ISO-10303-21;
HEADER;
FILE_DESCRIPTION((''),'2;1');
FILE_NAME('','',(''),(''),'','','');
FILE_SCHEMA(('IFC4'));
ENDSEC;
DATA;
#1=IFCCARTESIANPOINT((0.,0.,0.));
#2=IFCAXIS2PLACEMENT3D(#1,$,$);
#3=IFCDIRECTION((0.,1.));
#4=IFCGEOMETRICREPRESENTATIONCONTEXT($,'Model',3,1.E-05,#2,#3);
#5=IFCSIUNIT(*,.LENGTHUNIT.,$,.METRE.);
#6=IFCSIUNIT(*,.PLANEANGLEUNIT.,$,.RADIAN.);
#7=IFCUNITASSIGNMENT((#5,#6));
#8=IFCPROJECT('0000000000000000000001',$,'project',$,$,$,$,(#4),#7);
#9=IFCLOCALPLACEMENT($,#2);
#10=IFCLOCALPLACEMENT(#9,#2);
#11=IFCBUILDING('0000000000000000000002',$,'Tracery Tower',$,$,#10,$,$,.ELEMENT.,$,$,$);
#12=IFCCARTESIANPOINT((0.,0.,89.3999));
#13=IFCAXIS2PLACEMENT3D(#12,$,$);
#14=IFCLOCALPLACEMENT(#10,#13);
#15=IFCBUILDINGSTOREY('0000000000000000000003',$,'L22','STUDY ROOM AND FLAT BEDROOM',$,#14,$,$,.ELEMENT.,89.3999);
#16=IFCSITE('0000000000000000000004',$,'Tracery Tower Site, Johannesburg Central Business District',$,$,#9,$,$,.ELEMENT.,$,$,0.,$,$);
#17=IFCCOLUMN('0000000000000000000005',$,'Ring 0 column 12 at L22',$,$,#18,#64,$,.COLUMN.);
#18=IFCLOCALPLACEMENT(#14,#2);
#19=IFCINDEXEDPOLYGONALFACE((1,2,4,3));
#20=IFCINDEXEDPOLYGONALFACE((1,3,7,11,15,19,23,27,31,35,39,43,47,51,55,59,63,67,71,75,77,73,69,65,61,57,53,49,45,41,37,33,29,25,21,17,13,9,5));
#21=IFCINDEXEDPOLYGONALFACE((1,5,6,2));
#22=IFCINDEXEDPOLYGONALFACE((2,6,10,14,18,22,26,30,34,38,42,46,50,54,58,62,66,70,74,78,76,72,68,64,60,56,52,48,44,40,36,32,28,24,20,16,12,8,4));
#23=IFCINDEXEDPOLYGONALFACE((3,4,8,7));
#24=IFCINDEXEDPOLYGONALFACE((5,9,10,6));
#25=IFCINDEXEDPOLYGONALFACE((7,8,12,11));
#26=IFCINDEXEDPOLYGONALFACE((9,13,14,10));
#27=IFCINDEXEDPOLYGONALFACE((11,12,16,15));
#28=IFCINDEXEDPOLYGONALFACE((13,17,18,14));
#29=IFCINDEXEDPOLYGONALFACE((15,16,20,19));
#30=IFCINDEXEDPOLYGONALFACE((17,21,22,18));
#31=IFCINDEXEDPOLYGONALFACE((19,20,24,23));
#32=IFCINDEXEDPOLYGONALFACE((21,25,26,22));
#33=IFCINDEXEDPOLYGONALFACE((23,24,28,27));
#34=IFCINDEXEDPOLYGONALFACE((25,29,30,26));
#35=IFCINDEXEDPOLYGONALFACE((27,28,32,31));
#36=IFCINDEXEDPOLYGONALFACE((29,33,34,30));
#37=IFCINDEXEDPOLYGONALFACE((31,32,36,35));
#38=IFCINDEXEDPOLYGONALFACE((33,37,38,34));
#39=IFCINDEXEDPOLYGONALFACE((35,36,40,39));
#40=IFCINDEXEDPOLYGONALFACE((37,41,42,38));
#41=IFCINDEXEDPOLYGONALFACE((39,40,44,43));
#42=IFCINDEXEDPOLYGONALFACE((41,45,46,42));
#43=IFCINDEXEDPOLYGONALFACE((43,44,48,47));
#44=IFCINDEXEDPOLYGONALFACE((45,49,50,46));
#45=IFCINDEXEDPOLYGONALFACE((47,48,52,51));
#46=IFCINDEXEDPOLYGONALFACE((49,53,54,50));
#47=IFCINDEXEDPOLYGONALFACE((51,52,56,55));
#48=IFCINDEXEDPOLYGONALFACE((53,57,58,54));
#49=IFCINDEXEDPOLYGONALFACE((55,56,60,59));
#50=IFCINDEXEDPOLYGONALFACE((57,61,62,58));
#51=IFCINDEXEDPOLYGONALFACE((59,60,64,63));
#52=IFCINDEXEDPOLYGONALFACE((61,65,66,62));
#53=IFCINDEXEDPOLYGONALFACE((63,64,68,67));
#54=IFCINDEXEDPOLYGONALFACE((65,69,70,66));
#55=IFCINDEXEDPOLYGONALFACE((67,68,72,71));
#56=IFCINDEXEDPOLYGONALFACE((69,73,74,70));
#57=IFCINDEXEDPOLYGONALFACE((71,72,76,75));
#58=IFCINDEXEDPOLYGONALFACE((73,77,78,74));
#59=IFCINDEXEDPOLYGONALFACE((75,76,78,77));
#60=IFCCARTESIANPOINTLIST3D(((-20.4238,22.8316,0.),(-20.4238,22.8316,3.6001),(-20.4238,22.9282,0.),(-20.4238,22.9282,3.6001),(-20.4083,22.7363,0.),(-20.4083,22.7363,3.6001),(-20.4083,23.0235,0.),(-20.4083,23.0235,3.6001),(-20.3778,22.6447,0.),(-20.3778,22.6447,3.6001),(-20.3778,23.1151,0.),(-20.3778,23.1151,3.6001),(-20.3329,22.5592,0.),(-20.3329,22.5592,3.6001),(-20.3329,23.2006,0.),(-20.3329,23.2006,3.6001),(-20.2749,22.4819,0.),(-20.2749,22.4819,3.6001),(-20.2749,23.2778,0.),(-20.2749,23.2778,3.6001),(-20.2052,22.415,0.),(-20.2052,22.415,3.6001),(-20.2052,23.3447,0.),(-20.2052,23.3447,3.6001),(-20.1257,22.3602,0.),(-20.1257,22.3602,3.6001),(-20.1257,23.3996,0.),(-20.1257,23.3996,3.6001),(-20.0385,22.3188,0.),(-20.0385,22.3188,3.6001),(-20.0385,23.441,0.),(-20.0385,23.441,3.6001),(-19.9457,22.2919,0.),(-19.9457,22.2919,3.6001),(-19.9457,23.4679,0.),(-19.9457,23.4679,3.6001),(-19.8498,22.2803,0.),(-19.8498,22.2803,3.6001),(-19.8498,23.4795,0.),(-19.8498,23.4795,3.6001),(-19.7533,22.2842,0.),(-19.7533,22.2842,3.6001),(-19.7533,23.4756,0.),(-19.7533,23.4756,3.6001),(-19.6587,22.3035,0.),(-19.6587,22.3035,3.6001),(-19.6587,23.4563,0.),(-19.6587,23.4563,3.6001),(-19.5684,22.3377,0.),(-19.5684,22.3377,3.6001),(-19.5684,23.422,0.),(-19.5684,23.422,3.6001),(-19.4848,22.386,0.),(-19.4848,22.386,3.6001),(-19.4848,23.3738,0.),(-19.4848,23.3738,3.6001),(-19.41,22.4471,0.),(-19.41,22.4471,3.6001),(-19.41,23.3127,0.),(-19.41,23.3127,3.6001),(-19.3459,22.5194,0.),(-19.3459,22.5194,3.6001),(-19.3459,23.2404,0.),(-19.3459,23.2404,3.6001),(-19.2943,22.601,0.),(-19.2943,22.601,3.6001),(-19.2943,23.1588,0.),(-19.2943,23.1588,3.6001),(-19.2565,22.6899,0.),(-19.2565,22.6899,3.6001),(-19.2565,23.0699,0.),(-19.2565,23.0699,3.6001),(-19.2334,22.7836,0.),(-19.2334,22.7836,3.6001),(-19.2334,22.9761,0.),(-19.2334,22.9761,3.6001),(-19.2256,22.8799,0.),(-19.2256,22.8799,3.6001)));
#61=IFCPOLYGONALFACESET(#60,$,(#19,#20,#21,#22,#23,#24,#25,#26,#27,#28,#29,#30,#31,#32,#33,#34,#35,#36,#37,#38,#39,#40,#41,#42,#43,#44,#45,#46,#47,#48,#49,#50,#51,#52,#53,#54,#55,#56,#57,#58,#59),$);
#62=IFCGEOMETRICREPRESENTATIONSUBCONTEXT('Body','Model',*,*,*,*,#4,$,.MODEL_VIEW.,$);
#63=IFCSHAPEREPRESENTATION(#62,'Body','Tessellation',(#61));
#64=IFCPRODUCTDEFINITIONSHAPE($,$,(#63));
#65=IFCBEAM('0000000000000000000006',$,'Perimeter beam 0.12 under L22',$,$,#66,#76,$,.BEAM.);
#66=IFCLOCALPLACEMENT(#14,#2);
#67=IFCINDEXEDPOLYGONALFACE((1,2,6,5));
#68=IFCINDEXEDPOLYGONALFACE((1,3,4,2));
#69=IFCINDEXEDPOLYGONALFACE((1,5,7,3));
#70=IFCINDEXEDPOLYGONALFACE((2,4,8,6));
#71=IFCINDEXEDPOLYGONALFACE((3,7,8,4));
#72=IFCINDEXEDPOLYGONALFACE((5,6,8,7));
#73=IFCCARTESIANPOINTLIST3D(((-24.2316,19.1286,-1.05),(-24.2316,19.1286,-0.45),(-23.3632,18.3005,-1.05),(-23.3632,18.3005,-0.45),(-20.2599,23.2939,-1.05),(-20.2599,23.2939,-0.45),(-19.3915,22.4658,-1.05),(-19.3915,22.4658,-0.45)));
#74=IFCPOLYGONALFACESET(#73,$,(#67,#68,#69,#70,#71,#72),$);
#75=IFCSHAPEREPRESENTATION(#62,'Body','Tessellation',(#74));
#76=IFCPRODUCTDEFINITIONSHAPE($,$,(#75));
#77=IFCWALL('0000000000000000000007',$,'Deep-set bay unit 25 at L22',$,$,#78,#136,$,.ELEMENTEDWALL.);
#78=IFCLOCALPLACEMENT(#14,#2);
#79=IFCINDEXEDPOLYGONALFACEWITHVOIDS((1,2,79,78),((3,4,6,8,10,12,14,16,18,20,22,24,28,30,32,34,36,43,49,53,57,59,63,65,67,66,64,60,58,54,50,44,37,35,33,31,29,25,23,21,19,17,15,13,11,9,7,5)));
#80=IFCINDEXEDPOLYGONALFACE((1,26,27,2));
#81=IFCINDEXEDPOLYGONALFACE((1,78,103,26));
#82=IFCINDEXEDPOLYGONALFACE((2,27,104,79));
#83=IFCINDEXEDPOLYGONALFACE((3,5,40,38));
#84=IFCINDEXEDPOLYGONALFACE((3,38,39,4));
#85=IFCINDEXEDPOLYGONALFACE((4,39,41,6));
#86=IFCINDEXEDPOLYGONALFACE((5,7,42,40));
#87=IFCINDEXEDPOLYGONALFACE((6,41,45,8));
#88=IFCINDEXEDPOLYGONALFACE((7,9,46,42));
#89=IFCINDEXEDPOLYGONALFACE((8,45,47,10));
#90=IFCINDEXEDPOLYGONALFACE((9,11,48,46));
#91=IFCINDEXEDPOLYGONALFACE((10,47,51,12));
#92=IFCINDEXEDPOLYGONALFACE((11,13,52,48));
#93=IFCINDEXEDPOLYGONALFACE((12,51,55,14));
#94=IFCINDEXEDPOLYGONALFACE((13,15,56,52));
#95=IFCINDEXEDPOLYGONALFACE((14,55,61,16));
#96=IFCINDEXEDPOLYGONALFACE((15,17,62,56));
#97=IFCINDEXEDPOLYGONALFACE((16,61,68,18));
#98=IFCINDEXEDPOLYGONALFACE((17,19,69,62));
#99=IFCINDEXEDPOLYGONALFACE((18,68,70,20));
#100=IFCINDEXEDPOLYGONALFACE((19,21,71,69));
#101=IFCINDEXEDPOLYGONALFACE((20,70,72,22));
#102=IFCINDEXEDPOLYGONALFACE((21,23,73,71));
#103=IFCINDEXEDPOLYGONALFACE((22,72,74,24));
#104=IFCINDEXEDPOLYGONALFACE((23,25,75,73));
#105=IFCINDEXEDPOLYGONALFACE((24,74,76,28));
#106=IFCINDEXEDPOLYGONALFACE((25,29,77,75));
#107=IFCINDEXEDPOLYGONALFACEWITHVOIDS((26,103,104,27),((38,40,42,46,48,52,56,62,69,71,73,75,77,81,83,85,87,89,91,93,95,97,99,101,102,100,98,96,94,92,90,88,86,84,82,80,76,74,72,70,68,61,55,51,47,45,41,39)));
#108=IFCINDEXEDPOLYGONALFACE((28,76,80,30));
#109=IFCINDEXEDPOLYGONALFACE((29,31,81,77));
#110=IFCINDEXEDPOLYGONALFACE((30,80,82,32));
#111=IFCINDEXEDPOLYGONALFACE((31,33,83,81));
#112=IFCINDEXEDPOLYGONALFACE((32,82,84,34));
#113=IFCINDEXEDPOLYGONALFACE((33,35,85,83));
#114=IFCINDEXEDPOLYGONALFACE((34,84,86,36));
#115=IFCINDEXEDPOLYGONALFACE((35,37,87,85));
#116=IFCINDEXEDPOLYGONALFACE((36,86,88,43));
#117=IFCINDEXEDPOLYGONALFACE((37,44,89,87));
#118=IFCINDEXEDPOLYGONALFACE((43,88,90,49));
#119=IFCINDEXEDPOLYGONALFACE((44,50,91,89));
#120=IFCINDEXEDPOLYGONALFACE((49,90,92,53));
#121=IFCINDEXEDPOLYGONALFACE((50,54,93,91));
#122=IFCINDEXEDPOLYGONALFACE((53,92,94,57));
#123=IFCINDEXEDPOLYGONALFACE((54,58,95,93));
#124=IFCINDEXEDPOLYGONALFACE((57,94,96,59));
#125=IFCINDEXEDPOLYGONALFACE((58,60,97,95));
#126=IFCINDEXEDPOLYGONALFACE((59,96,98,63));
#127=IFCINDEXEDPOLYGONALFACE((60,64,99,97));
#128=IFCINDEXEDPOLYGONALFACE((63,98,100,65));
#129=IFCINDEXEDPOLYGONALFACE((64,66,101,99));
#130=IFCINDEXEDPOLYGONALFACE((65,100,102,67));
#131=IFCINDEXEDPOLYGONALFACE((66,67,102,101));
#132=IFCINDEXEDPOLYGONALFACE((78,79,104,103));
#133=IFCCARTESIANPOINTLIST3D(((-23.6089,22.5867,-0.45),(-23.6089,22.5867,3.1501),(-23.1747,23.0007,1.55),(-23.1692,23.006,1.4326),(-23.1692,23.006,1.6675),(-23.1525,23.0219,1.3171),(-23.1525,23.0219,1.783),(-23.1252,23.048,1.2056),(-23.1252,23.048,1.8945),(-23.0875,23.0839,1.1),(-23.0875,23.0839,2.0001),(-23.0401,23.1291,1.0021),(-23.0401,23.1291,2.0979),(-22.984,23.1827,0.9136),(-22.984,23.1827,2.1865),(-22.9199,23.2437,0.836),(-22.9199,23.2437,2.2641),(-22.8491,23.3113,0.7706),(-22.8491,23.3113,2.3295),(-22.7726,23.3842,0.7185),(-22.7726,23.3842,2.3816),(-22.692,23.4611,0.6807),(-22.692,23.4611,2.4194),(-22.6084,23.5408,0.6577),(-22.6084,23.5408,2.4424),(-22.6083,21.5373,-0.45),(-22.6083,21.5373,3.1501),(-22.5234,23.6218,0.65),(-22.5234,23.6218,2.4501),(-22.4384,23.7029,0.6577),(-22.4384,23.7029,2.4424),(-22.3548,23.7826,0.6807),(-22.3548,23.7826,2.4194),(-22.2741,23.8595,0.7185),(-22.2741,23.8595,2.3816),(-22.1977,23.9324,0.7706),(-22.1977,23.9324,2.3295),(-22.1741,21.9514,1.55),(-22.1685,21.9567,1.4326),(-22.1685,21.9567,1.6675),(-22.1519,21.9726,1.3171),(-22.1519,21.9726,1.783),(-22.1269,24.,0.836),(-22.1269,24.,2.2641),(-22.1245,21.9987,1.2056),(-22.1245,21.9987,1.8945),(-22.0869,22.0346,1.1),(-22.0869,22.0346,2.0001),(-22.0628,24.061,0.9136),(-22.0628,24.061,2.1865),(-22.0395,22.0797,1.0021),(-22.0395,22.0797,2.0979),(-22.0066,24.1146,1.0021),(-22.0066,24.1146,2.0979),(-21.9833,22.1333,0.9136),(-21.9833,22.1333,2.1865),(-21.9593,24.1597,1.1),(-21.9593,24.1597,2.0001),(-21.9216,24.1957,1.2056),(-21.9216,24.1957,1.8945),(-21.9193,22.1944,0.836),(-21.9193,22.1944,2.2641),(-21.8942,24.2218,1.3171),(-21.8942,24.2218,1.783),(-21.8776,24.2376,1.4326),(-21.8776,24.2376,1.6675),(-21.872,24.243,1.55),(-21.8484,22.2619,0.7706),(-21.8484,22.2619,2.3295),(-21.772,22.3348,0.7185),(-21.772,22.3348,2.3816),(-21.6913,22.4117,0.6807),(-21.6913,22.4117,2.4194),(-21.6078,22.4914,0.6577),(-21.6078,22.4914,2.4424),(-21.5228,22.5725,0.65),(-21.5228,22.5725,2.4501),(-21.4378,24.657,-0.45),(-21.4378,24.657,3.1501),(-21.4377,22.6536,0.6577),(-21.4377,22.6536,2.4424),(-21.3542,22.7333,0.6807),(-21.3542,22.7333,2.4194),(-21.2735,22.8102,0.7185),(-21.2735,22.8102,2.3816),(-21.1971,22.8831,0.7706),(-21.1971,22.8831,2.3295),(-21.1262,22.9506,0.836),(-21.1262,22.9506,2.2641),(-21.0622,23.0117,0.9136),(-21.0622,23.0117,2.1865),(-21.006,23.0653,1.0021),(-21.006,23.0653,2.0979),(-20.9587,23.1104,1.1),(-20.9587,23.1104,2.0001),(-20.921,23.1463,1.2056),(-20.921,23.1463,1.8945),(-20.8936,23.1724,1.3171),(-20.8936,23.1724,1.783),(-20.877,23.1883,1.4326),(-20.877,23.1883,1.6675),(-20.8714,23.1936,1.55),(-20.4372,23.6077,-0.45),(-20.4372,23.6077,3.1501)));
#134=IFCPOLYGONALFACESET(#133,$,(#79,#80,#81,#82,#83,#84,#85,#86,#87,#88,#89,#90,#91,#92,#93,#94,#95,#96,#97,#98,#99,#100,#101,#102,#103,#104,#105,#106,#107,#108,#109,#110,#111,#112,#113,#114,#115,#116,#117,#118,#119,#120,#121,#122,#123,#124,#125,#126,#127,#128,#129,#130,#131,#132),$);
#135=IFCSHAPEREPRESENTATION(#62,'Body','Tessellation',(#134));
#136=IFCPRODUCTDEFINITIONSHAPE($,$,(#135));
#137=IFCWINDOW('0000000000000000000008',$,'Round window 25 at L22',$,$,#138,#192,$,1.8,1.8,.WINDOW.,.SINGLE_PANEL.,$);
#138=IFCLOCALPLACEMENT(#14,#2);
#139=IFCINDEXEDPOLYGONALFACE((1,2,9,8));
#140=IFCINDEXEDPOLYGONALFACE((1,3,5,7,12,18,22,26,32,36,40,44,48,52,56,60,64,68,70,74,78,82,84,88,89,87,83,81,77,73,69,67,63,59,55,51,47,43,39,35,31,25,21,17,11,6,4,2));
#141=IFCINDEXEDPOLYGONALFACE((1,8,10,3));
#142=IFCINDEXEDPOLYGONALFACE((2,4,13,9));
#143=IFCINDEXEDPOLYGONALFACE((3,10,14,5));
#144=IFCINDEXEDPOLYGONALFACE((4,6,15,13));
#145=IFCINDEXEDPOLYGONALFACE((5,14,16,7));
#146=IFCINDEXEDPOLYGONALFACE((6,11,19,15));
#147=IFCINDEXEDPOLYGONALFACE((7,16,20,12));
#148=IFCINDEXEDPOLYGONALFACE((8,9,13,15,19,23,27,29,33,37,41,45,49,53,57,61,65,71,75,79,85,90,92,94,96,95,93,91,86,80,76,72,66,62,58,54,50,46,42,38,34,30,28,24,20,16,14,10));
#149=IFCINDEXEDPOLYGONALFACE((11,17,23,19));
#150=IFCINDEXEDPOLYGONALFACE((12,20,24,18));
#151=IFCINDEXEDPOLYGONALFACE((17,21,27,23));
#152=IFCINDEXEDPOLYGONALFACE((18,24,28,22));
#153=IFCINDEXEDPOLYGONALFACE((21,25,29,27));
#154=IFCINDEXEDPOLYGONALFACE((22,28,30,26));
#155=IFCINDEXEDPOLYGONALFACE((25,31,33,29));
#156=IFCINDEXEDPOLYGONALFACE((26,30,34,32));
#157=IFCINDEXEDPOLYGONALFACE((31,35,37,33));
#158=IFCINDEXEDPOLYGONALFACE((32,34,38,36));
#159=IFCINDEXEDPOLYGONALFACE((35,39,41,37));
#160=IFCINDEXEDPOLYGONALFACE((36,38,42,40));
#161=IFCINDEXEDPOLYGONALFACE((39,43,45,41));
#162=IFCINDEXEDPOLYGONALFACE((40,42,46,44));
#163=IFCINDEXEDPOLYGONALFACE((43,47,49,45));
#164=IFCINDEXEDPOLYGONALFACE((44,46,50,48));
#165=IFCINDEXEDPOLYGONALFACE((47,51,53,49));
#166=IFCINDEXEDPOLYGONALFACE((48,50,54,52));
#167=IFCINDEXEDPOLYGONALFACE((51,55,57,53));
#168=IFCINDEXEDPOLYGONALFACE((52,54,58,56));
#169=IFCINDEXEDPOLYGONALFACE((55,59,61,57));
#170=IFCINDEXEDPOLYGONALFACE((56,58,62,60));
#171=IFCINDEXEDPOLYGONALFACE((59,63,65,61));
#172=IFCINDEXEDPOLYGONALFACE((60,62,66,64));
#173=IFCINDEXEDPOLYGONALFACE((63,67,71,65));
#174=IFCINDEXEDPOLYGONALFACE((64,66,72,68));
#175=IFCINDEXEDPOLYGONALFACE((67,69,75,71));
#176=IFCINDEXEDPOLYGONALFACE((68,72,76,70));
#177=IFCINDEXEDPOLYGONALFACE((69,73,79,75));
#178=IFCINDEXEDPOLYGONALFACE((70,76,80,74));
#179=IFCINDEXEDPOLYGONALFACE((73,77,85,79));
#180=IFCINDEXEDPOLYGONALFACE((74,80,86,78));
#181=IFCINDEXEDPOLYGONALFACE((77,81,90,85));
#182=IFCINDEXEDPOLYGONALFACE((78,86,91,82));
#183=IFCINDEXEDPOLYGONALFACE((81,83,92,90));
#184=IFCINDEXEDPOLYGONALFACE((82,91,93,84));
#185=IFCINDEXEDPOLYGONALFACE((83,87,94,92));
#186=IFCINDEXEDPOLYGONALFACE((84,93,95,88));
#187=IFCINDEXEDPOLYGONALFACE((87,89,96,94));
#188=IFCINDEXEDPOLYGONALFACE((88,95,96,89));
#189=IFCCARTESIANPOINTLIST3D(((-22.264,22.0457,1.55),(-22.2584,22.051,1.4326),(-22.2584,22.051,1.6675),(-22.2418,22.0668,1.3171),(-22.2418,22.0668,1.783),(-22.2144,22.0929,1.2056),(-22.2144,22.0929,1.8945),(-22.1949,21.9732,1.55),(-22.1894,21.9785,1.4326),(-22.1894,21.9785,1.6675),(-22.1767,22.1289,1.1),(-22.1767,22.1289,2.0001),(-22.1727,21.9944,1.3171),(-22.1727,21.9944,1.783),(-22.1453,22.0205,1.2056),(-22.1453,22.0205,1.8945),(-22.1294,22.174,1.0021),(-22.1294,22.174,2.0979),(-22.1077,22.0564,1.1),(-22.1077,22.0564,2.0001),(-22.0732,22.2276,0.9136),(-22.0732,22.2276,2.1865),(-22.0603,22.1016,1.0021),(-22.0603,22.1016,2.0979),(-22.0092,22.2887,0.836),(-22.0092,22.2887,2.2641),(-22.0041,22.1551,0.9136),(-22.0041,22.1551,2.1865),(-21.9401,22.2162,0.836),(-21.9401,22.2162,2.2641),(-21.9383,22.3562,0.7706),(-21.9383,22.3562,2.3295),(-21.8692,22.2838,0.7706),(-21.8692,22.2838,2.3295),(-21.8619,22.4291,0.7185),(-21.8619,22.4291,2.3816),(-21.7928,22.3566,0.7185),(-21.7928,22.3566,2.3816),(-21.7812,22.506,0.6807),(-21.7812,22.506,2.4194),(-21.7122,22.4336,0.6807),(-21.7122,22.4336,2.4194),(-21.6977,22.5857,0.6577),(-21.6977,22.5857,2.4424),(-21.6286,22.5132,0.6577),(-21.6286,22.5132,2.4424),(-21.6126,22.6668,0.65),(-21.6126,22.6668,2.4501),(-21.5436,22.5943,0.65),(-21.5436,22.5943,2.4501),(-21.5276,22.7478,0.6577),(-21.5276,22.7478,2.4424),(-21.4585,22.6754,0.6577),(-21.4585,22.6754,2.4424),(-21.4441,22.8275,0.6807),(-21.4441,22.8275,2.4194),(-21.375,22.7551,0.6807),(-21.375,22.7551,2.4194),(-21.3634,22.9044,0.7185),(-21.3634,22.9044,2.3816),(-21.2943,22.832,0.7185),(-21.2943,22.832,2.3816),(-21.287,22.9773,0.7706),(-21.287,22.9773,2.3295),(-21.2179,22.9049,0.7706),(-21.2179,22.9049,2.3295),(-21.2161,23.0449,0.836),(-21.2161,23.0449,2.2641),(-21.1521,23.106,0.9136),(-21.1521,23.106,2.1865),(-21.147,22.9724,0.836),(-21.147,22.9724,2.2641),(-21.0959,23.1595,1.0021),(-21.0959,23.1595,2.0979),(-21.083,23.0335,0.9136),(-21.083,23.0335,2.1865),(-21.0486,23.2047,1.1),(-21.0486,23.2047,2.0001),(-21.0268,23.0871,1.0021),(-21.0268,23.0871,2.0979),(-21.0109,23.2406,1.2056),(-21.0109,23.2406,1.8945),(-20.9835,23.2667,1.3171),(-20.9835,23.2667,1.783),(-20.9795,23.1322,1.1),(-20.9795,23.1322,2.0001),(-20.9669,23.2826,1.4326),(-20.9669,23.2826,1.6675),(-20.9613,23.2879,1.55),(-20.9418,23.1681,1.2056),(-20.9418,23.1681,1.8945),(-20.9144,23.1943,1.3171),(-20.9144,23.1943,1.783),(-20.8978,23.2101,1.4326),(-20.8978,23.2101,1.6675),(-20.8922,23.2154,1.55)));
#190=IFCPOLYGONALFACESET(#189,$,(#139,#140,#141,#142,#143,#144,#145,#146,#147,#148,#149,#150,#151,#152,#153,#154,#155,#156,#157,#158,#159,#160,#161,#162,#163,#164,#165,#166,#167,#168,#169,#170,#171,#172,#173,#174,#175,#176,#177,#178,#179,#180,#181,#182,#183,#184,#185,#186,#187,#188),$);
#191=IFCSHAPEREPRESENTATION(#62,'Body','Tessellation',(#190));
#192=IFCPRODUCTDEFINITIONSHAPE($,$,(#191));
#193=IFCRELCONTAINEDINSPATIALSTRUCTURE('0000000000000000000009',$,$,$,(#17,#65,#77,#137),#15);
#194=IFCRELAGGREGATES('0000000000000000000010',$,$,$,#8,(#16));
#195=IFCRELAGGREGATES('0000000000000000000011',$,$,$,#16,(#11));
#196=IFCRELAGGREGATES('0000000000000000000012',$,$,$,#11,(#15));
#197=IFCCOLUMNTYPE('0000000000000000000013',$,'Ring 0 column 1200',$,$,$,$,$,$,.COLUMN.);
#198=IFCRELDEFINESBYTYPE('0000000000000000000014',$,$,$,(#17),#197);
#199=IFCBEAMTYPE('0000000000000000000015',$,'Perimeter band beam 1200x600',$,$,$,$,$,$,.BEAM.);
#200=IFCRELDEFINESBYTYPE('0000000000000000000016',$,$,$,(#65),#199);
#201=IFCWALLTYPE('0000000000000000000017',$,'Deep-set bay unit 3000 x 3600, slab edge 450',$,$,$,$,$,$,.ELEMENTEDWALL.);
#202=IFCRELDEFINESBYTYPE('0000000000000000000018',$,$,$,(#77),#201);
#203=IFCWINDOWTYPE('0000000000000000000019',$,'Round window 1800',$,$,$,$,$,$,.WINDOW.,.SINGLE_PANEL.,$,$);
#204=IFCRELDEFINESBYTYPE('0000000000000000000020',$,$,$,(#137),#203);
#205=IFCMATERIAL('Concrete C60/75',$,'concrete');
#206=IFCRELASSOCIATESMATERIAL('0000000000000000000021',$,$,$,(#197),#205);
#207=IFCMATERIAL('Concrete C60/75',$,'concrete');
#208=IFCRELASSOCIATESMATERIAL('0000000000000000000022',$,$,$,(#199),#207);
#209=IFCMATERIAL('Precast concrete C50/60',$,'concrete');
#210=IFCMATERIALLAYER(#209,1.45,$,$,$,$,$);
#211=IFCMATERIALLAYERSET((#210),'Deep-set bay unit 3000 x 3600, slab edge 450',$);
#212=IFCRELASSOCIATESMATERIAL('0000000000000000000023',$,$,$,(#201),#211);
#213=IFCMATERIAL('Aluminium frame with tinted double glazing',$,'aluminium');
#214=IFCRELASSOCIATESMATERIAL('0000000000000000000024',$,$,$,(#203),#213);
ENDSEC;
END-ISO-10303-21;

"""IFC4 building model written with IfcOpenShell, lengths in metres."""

from ifc_helpers import new_model, si_unit, direction, frame, frame_2d, origin, origin_2d, place, context, subcontext, project, spatial, rectangle, circle, extrude, material, layer, layer_set, material_profile, profile_set, type_object, element, fill, save


model = new_model("IFC4")

# Units and contexts
model_context = context("Model", 3, precision=1e-05, world=origin(), true_north=direction((0.0, 1.0)))
body_context = subcontext(model_context, "Body", "Model", "MODEL_VIEW")
ifc_project = project(units=[si_unit("LENGTHUNIT", "METRE"), si_unit("PLANEANGLEUNIT", "RADIAN")], contexts=[model_context])

# Site, building, storey
site_placement = place(None, origin())
site = spatial("IfcSite", under=ifc_project, at=site_placement, Name="Tracery Tower Site, Johannesburg Central Business District", CompositionType="ELEMENT", RefElevation=0.0)
building_placement = place(site_placement, origin())
building = spatial("IfcBuilding", under=site, at=building_placement, Name="Tracery Tower", CompositionType="ELEMENT")
storey_placement = place(building_placement, frame((0.0, 0.0, 89.3999)))
storey = spatial("IfcBuildingStorey", under=building, at=storey_placement, Name="L22", Description="STUDY ROOM AND FLAT BEDROOM", CompositionType="ELEMENT", Elevation=89.3999)

# Column
ifc_material_1 = material(Name="Concrete C60/75", Category="concrete")
ifc_material_profile_1 = material_profile(ifc_material_1, circle(Radius=0.6001, at=origin_2d()), Name="RC D1200")
ifc_profile_set_1 = profile_set([ifc_material_profile_1], Name="Concrete C60/75")
column_type = type_object("IfcColumnType", Name="Ring 0 column 1200", PredefinedType="COLUMN", material=ifc_profile_set_1)
column_placement = place(storey_placement, frame((-19.8257, 22.8799, 0.0), z_axis=(0.0, 0.0, 1.0), x_axis=(1.0, 0.0, 0.0)))
element("IfcColumn", 1, at=column_placement, inside=storey, type_object=column_type, Name="Ring 0 column 12 at L22", PredefinedType="COLUMN", context=body_context, shape_type="SweptSolid", body=[
    extrude(circle(Radius=0.6001, at=origin_2d()), origin(), (0.0, 0.0, 1.0), 3.6001),
])

# Beam
ifc_material_2 = material(Name="Concrete C60/75", Category="concrete")
ifc_material_profile_2 = material_profile(ifc_material_2, rectangle(XDim=1.2, YDim=0.6001, at=origin_2d()), Name="RC 1200x600")
ifc_profile_set_2 = profile_set([ifc_material_profile_2], Name="Concrete C60/75")
beam_type = type_object("IfcBeamType", Name="Perimeter band beam 1200x600", PredefinedType="BEAM", material=ifc_profile_set_2)
beam_placement = place(storey_placement, frame((-19.8257, 22.8799, -0.75), z_axis=(-0.690087, -0.723726, 0.0), x_axis=(0.723726, -0.690087, 0.0)))
element("IfcBeam", 2, at=beam_placement, inside=storey, type_object=beam_type, Name="Perimeter beam 0.12 under L22", PredefinedType="BEAM", context=body_context, shape_type="SweptSolid", body=[
    extrude(rectangle(XDim=1.2, YDim=0.6001, at=origin_2d()), origin(), (0.0, 0.0, 1.0), 5.7554),
])

# Wall, opening, window
ifc_material_3 = material(Name="Precast concrete C50/60", Category="concrete")
ifc_layer_1 = layer(ifc_material_3, 1.45)
ifc_layer_set_1 = layer_set([ifc_layer_1], Name="Deep-set bay unit 3000 x 3600, slab edge 450")
wall_type_1 = type_object("IfcWallType", Name="Deep-set bay unit 3000 x 3600, slab edge 450", PredefinedType="ELEMENTEDWALL", material=ifc_layer_set_1)
wall_1_placement = place(storey_placement, frame((-20.9375, 24.1323, -0.45), z_axis=(0.0, 0.0, 1.0), x_axis=(-0.723712, -0.690102, 0.0)))
wall_1 = element("IfcWall", 3, at=wall_1_placement, inside=storey, type_object=wall_type_1, Name="Deep-set bay unit 25 at L22", PredefinedType="ELEMENTEDWALL", context=body_context, shape_type="SweptSolid", body=[
    extrude(rectangle(XDim=3.0, YDim=1.45, at=frame_2d((1.5, 0.0))), origin(), (0.0, 0.0, 1.0), 3.6001),
])
opening_1_placement = place(wall_1_placement, frame((1.5, 0.0, 2.0)))
opening_1 = element("IfcOpeningElement", 4, at=opening_1_placement, cuts=wall_1, PredefinedType="OPENING", context=body_context, shape_type="SweptSolid", body=[
    extrude(circle(Radius=0.9, at=origin_2d()), frame((0.0, 0.7349, 0.0), z_axis=(0.0, -1.0, 0.0), x_axis=(1.0, 0.0, 0.0)), (0.0, 0.0, 1.0), 1.47),
])
ifc_material_4 = material(Name="Aluminium frame with tinted double glazing", Category="aluminium")
window_type = type_object("IfcWindowType", Name="Round window 1800", PartitioningType="SINGLE_PANEL", PredefinedType="WINDOW", material=ifc_material_4)
window_1_placement = place(opening_1_placement, origin())
window_1 = element("IfcWindow", 5, at=window_1_placement, inside=storey, type_object=window_type, Name="Round window 25 at L22", OverallHeight=1.8, OverallWidth=1.8, PartitioningType="SINGLE_PANEL", PredefinedType="WINDOW", context=body_context, shape_type="SweptSolid", body=[
    extrude(circle(Radius=0.9, at=origin_2d()), frame((0.0, 0.6948, 0.0), z_axis=(0.0, -1.0, 0.0), x_axis=(1.0, 0.0, 0.0)), (0.0, 0.0, 1.0), 0.1001),
])
fill(opening_1, window_1)

save(model, "model.ifc")
